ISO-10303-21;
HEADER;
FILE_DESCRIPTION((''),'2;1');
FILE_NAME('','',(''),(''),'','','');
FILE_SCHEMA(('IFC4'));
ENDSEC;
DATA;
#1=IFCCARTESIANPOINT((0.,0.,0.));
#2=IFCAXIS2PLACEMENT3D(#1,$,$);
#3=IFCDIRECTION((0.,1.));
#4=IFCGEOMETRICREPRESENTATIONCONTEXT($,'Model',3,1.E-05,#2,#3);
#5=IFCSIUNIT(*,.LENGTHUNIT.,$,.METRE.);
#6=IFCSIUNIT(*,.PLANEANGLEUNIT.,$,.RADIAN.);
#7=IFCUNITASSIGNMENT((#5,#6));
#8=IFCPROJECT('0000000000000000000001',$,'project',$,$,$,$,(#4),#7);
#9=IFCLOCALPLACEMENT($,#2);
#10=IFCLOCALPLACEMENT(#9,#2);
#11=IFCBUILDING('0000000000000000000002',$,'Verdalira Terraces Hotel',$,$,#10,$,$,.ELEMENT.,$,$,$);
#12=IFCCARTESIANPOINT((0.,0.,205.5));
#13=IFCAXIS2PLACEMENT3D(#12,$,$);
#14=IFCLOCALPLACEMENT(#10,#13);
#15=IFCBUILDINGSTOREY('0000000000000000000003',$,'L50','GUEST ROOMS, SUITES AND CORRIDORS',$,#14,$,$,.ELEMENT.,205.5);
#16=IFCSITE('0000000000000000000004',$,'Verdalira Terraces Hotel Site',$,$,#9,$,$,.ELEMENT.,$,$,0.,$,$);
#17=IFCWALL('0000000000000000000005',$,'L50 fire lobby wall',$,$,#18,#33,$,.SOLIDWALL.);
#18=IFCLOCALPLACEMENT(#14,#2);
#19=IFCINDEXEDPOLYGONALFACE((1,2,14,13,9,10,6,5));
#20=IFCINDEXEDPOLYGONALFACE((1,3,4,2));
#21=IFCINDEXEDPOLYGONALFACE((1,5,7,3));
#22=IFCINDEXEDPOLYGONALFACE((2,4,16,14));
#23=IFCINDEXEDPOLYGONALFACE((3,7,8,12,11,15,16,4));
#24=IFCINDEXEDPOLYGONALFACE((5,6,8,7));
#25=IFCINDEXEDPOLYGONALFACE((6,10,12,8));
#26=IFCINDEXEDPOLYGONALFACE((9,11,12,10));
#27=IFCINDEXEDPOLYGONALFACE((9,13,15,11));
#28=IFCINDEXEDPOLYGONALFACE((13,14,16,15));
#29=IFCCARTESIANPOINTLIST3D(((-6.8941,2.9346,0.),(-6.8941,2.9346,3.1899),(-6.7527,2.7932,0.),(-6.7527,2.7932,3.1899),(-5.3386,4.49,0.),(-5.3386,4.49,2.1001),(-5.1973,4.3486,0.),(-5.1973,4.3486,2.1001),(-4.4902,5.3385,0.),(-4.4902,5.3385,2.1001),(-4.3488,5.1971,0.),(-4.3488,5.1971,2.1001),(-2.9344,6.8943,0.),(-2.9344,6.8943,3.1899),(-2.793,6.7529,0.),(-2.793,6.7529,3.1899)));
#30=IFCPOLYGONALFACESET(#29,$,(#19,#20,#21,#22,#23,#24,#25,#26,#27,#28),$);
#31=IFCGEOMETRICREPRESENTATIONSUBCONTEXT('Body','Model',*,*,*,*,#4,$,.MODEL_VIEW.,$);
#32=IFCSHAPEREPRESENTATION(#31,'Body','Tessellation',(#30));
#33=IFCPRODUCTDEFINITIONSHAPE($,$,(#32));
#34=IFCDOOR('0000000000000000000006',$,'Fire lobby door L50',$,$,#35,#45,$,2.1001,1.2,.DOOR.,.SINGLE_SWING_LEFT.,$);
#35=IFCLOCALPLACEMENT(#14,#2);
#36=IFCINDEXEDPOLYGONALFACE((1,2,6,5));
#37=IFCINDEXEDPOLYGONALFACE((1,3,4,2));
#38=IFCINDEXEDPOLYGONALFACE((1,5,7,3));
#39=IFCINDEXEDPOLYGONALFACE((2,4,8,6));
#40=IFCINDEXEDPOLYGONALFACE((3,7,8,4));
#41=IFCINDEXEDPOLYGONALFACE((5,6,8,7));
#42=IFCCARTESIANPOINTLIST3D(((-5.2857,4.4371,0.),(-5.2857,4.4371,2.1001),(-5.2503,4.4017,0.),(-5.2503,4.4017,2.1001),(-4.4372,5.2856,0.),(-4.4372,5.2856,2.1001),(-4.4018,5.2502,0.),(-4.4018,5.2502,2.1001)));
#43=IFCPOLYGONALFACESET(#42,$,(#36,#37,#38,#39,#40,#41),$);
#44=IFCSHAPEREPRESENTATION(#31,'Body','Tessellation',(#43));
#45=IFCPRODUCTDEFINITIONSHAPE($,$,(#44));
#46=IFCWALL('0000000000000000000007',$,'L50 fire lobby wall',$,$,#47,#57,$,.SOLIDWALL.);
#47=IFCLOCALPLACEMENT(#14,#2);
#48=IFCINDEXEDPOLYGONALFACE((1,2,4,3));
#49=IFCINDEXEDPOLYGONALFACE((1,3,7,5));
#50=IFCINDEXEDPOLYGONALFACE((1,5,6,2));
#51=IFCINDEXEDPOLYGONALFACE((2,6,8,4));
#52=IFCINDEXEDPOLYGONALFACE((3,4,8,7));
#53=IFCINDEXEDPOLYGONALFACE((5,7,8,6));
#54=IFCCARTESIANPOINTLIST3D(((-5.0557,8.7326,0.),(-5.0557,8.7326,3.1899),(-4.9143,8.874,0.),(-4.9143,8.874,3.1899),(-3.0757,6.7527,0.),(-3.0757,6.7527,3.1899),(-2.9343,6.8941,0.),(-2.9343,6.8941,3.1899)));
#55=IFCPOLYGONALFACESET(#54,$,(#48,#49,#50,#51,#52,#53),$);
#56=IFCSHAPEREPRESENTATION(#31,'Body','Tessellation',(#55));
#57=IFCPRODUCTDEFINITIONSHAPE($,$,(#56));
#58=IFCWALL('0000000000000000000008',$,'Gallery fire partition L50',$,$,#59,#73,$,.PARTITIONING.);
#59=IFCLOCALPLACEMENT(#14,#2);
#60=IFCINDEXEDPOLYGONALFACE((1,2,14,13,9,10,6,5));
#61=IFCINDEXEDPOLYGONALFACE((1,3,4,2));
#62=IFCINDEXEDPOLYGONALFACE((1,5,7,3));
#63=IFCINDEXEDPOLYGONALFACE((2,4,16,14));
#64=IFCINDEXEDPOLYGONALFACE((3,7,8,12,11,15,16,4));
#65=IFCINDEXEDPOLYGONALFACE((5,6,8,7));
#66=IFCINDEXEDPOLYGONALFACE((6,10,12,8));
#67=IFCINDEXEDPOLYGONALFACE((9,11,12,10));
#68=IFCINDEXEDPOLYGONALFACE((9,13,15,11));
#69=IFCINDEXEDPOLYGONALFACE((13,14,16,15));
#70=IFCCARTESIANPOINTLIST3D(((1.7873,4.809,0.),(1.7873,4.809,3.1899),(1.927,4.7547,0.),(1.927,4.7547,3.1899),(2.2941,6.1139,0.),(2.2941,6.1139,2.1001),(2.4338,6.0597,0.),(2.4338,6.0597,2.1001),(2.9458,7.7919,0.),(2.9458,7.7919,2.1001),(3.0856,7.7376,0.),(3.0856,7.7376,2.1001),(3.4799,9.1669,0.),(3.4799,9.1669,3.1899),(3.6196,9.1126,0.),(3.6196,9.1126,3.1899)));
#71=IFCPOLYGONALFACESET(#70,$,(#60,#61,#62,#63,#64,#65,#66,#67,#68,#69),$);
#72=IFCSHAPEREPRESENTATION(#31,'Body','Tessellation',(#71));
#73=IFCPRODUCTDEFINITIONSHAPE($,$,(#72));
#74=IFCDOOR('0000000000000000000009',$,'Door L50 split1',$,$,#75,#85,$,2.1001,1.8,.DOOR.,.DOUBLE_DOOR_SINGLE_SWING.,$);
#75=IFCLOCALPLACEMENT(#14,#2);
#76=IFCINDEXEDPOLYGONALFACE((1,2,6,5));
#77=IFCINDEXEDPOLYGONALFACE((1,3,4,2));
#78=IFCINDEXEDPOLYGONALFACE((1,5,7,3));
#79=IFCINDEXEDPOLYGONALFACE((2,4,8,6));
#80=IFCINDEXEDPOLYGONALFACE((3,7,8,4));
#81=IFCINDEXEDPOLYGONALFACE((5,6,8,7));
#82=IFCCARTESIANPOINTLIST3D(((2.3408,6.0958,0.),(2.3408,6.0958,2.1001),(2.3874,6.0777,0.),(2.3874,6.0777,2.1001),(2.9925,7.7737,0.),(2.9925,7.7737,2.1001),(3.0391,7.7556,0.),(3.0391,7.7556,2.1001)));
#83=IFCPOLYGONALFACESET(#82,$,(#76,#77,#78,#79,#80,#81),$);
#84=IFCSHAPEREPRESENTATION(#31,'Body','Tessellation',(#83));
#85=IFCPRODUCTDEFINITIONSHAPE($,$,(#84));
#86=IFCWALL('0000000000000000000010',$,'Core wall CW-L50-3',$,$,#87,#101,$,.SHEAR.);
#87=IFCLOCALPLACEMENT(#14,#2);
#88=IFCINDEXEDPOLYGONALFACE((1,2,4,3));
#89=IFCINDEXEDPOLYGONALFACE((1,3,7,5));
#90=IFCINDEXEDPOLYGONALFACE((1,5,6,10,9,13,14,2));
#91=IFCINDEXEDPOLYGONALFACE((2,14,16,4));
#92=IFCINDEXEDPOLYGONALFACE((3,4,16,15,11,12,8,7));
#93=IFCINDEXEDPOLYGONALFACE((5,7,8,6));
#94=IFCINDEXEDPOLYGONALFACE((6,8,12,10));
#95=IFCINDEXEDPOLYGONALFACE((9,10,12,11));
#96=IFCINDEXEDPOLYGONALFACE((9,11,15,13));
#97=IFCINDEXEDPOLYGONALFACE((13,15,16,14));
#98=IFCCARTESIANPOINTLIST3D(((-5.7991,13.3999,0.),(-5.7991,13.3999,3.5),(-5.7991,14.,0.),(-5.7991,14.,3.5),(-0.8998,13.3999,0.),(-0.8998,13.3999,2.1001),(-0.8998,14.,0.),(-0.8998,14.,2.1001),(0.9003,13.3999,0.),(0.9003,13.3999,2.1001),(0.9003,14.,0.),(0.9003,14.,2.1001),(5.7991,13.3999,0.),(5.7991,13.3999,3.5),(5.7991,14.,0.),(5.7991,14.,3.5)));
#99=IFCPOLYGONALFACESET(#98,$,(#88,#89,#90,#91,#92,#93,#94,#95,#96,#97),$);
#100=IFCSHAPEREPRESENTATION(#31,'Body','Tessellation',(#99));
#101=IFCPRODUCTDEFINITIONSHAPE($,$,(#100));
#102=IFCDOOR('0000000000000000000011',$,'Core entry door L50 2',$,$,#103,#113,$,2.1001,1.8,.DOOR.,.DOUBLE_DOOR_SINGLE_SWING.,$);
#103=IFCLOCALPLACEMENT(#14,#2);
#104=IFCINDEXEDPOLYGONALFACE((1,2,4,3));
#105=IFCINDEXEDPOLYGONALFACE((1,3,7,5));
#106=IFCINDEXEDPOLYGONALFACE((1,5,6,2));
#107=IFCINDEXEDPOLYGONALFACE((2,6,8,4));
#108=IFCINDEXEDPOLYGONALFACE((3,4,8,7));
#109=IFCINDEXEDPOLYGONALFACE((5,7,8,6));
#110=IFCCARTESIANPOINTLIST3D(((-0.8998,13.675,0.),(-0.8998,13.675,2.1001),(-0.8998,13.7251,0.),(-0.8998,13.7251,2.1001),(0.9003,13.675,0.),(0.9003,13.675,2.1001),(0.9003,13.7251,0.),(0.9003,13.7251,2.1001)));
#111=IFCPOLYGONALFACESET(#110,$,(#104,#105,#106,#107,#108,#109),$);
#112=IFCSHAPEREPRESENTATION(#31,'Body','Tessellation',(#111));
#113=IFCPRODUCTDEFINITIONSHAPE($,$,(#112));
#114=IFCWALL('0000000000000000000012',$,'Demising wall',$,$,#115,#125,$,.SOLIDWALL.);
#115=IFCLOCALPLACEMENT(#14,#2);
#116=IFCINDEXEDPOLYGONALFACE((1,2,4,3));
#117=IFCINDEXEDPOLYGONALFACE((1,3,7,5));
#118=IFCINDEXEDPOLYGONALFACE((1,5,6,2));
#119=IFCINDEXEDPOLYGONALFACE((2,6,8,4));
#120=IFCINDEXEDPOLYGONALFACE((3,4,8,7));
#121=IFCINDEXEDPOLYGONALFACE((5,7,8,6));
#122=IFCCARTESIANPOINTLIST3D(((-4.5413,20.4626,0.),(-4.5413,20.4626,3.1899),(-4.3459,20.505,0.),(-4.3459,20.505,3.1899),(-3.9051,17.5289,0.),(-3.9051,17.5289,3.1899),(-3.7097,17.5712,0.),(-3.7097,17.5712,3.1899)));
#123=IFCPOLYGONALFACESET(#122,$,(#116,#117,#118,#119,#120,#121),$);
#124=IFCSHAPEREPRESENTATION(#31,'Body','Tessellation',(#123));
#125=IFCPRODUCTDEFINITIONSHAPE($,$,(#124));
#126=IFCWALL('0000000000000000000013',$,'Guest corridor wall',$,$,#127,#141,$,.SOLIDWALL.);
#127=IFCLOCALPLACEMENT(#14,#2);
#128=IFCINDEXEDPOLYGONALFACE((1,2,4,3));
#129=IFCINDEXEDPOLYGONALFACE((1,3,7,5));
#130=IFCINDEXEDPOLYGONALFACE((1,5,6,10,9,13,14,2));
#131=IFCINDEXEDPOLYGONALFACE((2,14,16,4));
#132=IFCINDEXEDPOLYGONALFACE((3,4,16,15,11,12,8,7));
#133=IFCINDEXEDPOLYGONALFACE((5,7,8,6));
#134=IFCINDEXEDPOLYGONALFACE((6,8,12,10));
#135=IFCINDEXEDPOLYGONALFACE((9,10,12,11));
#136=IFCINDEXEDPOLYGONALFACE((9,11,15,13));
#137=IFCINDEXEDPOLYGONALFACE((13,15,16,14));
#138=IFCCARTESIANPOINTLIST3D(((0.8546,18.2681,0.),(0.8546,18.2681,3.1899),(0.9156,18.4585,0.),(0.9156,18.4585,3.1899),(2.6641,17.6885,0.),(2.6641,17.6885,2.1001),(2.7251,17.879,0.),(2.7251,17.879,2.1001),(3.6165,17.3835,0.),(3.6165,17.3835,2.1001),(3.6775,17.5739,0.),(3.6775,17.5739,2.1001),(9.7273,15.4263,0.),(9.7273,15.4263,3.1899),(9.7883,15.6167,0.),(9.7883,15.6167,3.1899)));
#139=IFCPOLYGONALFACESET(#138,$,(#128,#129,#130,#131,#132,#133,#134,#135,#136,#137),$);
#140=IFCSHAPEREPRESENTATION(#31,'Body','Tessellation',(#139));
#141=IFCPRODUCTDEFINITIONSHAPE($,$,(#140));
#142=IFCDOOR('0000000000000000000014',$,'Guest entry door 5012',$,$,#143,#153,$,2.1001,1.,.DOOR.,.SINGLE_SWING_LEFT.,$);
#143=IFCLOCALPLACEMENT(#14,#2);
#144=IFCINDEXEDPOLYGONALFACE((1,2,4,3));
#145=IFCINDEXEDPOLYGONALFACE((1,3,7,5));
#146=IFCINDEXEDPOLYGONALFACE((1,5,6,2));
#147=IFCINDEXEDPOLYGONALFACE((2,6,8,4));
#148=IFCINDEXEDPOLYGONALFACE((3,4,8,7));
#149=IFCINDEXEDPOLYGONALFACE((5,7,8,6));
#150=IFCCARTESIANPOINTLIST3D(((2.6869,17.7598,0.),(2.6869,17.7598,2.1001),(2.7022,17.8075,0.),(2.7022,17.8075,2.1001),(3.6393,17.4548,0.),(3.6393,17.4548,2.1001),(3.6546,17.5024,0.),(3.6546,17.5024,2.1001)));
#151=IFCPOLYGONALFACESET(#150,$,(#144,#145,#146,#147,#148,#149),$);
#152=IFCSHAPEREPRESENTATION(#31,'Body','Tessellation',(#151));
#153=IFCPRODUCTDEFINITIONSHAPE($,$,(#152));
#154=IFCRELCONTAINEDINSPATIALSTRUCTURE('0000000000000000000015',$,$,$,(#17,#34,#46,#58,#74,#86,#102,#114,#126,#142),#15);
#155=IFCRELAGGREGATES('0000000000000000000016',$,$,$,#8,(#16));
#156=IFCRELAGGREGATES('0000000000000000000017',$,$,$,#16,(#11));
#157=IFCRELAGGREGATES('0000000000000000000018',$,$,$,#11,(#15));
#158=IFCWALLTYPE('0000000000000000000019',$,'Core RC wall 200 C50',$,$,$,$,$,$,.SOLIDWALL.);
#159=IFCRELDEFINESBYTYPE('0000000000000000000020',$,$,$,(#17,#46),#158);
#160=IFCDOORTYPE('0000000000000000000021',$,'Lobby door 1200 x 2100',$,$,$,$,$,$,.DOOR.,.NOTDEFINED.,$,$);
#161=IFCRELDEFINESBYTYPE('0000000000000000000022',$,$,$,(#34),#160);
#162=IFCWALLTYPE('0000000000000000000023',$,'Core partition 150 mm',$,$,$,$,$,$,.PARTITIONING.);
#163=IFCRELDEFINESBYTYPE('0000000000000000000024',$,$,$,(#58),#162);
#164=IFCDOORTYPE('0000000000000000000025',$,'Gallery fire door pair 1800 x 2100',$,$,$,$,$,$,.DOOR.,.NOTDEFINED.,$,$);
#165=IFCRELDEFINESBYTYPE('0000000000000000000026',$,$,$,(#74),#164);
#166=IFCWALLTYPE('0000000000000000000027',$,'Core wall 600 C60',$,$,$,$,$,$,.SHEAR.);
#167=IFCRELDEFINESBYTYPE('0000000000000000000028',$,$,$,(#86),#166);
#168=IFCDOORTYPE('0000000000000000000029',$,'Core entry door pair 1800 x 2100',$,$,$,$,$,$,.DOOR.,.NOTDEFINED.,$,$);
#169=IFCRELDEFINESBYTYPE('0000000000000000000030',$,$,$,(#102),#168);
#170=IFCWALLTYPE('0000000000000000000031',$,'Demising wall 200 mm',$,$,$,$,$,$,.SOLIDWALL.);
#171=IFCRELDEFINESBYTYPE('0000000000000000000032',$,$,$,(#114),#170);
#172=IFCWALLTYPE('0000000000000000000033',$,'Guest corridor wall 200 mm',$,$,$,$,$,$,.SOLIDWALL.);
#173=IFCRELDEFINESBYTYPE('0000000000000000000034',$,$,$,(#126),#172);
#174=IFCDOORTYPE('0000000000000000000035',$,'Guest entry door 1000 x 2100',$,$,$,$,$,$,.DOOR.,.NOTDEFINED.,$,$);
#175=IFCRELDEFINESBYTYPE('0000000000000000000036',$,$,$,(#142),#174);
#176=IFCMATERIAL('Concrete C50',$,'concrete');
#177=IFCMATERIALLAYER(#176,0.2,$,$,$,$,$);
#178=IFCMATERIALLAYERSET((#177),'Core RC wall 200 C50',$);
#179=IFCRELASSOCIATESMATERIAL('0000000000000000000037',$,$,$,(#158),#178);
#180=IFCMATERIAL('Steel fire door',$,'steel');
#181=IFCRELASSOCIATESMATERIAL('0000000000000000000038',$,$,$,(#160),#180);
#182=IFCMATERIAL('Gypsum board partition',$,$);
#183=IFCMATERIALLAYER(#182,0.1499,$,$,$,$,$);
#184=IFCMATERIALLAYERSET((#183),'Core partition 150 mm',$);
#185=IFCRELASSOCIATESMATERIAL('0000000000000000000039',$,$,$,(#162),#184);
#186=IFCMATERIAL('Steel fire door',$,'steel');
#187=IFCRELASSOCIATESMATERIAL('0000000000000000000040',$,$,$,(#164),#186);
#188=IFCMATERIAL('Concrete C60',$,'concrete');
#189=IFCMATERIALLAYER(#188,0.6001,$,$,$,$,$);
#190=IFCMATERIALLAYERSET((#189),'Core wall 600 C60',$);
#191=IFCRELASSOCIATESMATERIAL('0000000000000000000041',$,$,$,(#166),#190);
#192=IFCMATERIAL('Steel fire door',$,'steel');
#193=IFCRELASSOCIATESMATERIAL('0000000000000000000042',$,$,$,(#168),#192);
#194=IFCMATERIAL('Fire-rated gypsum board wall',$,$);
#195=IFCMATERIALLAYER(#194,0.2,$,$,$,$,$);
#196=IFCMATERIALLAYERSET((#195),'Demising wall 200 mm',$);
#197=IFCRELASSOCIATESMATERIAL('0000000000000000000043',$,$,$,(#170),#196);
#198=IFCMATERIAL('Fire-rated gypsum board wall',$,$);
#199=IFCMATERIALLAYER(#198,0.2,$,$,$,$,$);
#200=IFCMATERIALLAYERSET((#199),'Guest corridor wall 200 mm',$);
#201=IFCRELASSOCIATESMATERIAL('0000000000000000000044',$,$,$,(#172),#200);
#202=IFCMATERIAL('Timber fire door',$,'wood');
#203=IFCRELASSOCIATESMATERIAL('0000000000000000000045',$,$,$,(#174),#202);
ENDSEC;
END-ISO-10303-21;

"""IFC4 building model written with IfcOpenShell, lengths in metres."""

from ifc_helpers import new_model, si_unit, direction, frame, frame_2d, origin, place, context, subcontext, project, spatial, rectangle, extrude, material, layer, layer_set, type_object, element, fill, save


model = new_model("IFC4")

# Units and contexts
model_context = context("Model", 3, precision=1e-05, world=origin(), true_north=direction((0.0, 1.0)))
body_context = subcontext(model_context, "Body", "Model", "MODEL_VIEW")
ifc_project = project(units=[si_unit("LENGTHUNIT", "METRE"), si_unit("PLANEANGLEUNIT", "RADIAN")], contexts=[model_context])

# Site, building, storey
site_placement = place(None, origin())
site = spatial("IfcSite", under=ifc_project, at=site_placement, Name="Verdalira Terraces Hotel Site", CompositionType="ELEMENT", RefElevation=0.0)
building_placement = place(site_placement, origin())
building = spatial("IfcBuilding", under=site, at=building_placement, Name="Verdalira Terraces Hotel", CompositionType="ELEMENT")
storey_placement = place(building_placement, frame((0.0, 0.0, 205.5)))
storey = spatial("IfcBuildingStorey", under=building, at=storey_placement, Name="L50", Description="GUEST ROOMS, SUITES AND CORRIDORS", CompositionType="ELEMENT", Elevation=205.5)

# Shared definitions
ifc_material_1 = material(Name="Concrete C50", Category="concrete")
ifc_layer_1 = layer(ifc_material_1, 0.2)
ifc_layer_set_1 = layer_set([ifc_layer_1], Name="Core RC wall 200 C50")
wall_type_1 = type_object("IfcWallType", Name="Core RC wall 200 C50", PredefinedType="SOLIDWALL", material=ifc_layer_set_1)

# Wall, opening, door
wall_1_placement = place(storey_placement, frame((-2.8638, 6.8235, 0.0), z_axis=(0.0, 0.0, 1.0), x_axis=(-0.707107, -0.707107, 0.0)))
wall_1 = element("IfcWall", 1, at=wall_1_placement, inside=storey, type_object=wall_type_1, Name="L50 fire lobby wall", PredefinedType="SOLIDWALL", context=body_context, shape_type="SweptSolid", body=[
    extrude(rectangle(XDim=5.5999, YDim=0.2, at=frame_2d((2.7998, 0.0))), origin(), (0.0, 0.0, 1.0), 3.1899),
])
opening_1_placement = place(wall_1_placement, frame((2.2, 0.0, 0.0)))
opening_1 = element("IfcOpeningElement", 2, at=opening_1_placement, cuts=wall_1, PredefinedType="OPENING", context=body_context, shape_type="SweptSolid", body=[
    extrude(rectangle(XDim=1.2, YDim=2.1001, at=frame_2d((0.6001, 1.05))), frame((0.0, 0.1099, 0.0), z_axis=(0.0, -1.0, 0.0), x_axis=(1.0, 0.0, 0.0)), (0.0, 0.0, 1.0), 0.22),
])
ifc_material_2 = material(Name="Steel fire door", Category="steel")
door_type_1 = type_object("IfcDoorType", Name="Lobby door 1200 x 2100", OperationType="NOTDEFINED", PredefinedType="DOOR", material=ifc_material_2)
door_1_placement = place(opening_1_placement, origin())
door_1 = element("IfcDoor", 3, at=door_1_placement, inside=storey, type_object=door_type_1, Name="Fire lobby door L50", OperationType="SINGLE_SWING_LEFT", OverallHeight=2.1001, OverallWidth=1.2, PredefinedType="DOOR", context=body_context, shape_type="SweptSolid", body=[
    extrude(rectangle(XDim=1.2, YDim=2.1001, at=frame_2d((0.6001, 1.05))), frame((0.0, 0.0249, 0.0), z_axis=(0.0, -1.0, 0.0), x_axis=(1.0, 0.0, 0.0)), (0.0, 0.0, 1.0), 0.05),
])
fill(opening_1, door_1)

# Wall
wall_2_placement = place(storey_placement, frame((-3.0051, 6.8235, 0.0), z_axis=(0.0, 0.0, 1.0), x_axis=(-0.707107, 0.707107, 0.0)))
element("IfcWall", 4, at=wall_2_placement, inside=storey, type_object=wall_type_1, Name="L50 fire lobby wall", PredefinedType="SOLIDWALL", context=body_context, shape_type="SweptSolid", body=[
    extrude(rectangle(XDim=2.8, YDim=0.2, at=frame_2d((1.3999, 0.0))), origin(), (0.0, 0.0, 1.0), 3.1899),
])

# Walls, openings, doors
ifc_material_3 = material(Name="Gypsum board partition")
ifc_layer_2 = layer(ifc_material_3, 0.1499)
ifc_layer_set_2 = layer_set([ifc_layer_2], Name="Core partition 150 mm")
wall_type_2 = type_object("IfcWallType", Name="Core partition 150 mm", PredefinedType="PARTITIONING", material=ifc_layer_set_2)
wall_3_placement = place(storey_placement, frame((1.8572, 4.782, 0.0), z_axis=(0.0, 0.0, 1.0), x_axis=(0.362053, 0.932157, 0.0)))
wall_3 = element("IfcWall", 5, at=wall_3_placement, inside=storey, type_object=wall_type_2, Name="Gallery fire partition L50", PredefinedType="PARTITIONING", context=body_context, shape_type="SweptSolid", body=[
    extrude(rectangle(XDim=4.675, YDim=0.1499, at=frame_2d((2.3374, 0.0))), origin(), (0.0, 0.0, 1.0), 3.1899),
])
opening_2_placement = place(wall_3_placement, frame((1.3999, 0.0, 0.0)))
opening_2 = element("IfcOpeningElement", 6, at=opening_2_placement, cuts=wall_3, PredefinedType="OPENING", context=body_context, shape_type="SweptSolid", body=[
    extrude(rectangle(XDim=1.8, YDim=2.1001, at=frame_2d((0.8999, 1.05))), frame((0.0, 0.085, 0.0), z_axis=(0.0, -1.0, 0.0), x_axis=(1.0, 0.0, 0.0)), (0.0, 0.0, 1.0), 0.1699),
])
ifc_material_4 = material(Name="Steel fire door", Category="steel")
door_type_2 = type_object("IfcDoorType", Name="Gallery fire door pair 1800 x 2100", OperationType="NOTDEFINED", PredefinedType="DOOR", material=ifc_material_4)
door_2_placement = place(opening_2_placement, origin())
door_2 = element("IfcDoor", 7, at=door_2_placement, inside=storey, type_object=door_type_2, Name="Door L50 split1", OperationType="DOUBLE_DOOR_SINGLE_SWING", OverallHeight=2.1001, OverallWidth=1.8, PredefinedType="DOOR", context=body_context, shape_type="SweptSolid", body=[
    extrude(rectangle(XDim=1.8, YDim=2.1001, at=frame_2d((0.8999, 1.05))), frame((0.0, 0.0249, 0.0), z_axis=(0.0, -1.0, 0.0), x_axis=(1.0, 0.0, 0.0)), (0.0, 0.0, 1.0), 0.05),
])
fill(opening_2, door_2)
ifc_material_5 = material(Name="Concrete C60", Category="concrete")
ifc_layer_3 = layer(ifc_material_5, 0.6001)
ifc_layer_set_3 = layer_set([ifc_layer_3], Name="Core wall 600 C60")
wall_type_3 = type_object("IfcWallType", Name="Core wall 600 C60", PredefinedType="SHEAR", material=ifc_layer_set_3)
wall_4_placement = place(storey_placement, frame((5.7991, 13.7, 0.0), z_axis=(0.0, 0.0, 1.0), x_axis=(-1.0, 0.0, 0.0)))
wall_4 = element("IfcWall", 8, at=wall_4_placement, inside=storey, type_object=wall_type_3, Name="Core wall CW-L50-3", PredefinedType="SHEAR", context=body_context, shape_type="SweptSolid", body=[
    extrude(rectangle(XDim=11.5981, YDim=0.6001, at=frame_2d((5.7991, 0.0))), origin(), (0.0, 0.0, 1.0), 3.5),
])
opening_3_placement = place(wall_4_placement, frame((4.8989, 0.0, 0.0)))
opening_3 = element("IfcOpeningElement", 9, at=opening_3_placement, cuts=wall_4, PredefinedType="OPENING", context=body_context, shape_type="SweptSolid", body=[
    extrude(rectangle(XDim=1.8, YDim=2.1001, at=frame_2d((0.8999, 1.05))), frame((0.0, 0.3101, 0.0), z_axis=(0.0, -1.0, 0.0), x_axis=(1.0, 0.0, 0.0)), (0.0, 0.0, 1.0), 0.6201),
])
ifc_material_6 = material(Name="Steel fire door", Category="steel")
door_type_3 = type_object("IfcDoorType", Name="Core entry door pair 1800 x 2100", OperationType="NOTDEFINED", PredefinedType="DOOR", material=ifc_material_6)
door_3_placement = place(opening_3_placement, origin())
door_3 = element("IfcDoor", 10, at=door_3_placement, inside=storey, type_object=door_type_3, Name="Core entry door L50 2", OperationType="DOUBLE_DOOR_SINGLE_SWING", OverallHeight=2.1001, OverallWidth=1.8, PredefinedType="DOOR", context=body_context, shape_type="SweptSolid", body=[
    extrude(rectangle(XDim=1.8, YDim=2.1001, at=frame_2d((0.8999, 1.05))), frame((0.0, 0.0249, 0.0), z_axis=(0.0, -1.0, 0.0), x_axis=(1.0, 0.0, 0.0)), (0.0, 0.0, 1.0), 0.05),
])
fill(opening_3, door_3)

# Wall
ifc_material_7 = material(Name="Fire-rated gypsum board wall")
ifc_layer_4 = layer(ifc_material_7, 0.2)
ifc_layer_set_4 = layer_set([ifc_layer_4], Name="Demising wall 200 mm")
wall_type_4 = type_object("IfcWallType", Name="Demising wall 200 mm", PredefinedType="SOLIDWALL", material=ifc_layer_set_4)
wall_5_placement = place(storey_placement, frame((-3.8074, 17.55, 0.0), z_axis=(0.0, 0.0, 1.0), x_axis=(-0.211933, 0.977284, 0.0)))
element("IfcWall", 11, at=wall_5_placement, inside=storey, type_object=wall_type_4, Name="Demising wall", PredefinedType="SOLIDWALL", context=body_context, shape_type="SweptSolid", body=[
    extrude(rectangle(XDim=3.002, YDim=0.2, at=frame_2d((1.501, 0.0))), origin(), (0.0, 0.0, 1.0), 3.1899),
])

# Wall, opening, door
ifc_material_8 = material(Name="Fire-rated gypsum board wall")
ifc_layer_5 = layer(ifc_material_8, 0.2)
ifc_layer_set_5 = layer_set([ifc_layer_5], Name="Guest corridor wall 200 mm")
wall_type_5 = type_object("IfcWallType", Name="Guest corridor wall 200 mm", PredefinedType="SOLIDWALL", material=ifc_layer_set_5)
wall_6_placement = place(storey_placement, frame((0.8853, 18.3633, 0.0), z_axis=(0.0, 0.0, 1.0), x_axis=(0.952344, -0.305027, 0.0)))
wall_6 = element("IfcWall", 12, at=wall_6_placement, inside=storey, type_object=wall_type_5, Name="Guest corridor wall", PredefinedType="SOLIDWALL", context=body_context, shape_type="SweptSolid", body=[
    extrude(rectangle(XDim=9.3166, YDim=0.2, at=frame_2d((4.6582, 0.0))), origin(), (0.0, 0.0, 1.0), 3.1899),
])
opening_4_placement = place(wall_6_placement, frame((1.8999, 0.0, 0.0)))
opening_4 = element("IfcOpeningElement", 13, at=opening_4_placement, cuts=wall_6, PredefinedType="OPENING", context=body_context, shape_type="SweptSolid", body=[
    extrude(rectangle(XDim=1.0, YDim=2.1001, at=frame_2d((0.5, 1.05))), frame((0.0, 0.1099, 0.0), z_axis=(0.0, -1.0, 0.0), x_axis=(1.0, 0.0, 0.0)), (0.0, 0.0, 1.0), 0.22),
])
ifc_material_9 = material(Name="Timber fire door", Category="wood")
door_type_4 = type_object("IfcDoorType", Name="Guest entry door 1000 x 2100", OperationType="NOTDEFINED", PredefinedType="DOOR", material=ifc_material_9)
door_4_placement = place(opening_4_placement, origin())
door_4 = element("IfcDoor", 14, at=door_4_placement, inside=storey, type_object=door_type_4, Name="Guest entry door 5012", OperationType="SINGLE_SWING_LEFT", OverallHeight=2.1001, OverallWidth=1.0, PredefinedType="DOOR", context=body_context, shape_type="SweptSolid", body=[
    extrude(rectangle(XDim=1.0, YDim=2.1001, at=frame_2d((0.5, 1.05))), frame((0.0, 0.0249, 0.0), z_axis=(0.0, -1.0, 0.0), x_axis=(1.0, 0.0, 0.0)), (0.0, 0.0, 1.0), 0.05),
])
fill(opening_4, door_4)

save(model, "model.ifc")
